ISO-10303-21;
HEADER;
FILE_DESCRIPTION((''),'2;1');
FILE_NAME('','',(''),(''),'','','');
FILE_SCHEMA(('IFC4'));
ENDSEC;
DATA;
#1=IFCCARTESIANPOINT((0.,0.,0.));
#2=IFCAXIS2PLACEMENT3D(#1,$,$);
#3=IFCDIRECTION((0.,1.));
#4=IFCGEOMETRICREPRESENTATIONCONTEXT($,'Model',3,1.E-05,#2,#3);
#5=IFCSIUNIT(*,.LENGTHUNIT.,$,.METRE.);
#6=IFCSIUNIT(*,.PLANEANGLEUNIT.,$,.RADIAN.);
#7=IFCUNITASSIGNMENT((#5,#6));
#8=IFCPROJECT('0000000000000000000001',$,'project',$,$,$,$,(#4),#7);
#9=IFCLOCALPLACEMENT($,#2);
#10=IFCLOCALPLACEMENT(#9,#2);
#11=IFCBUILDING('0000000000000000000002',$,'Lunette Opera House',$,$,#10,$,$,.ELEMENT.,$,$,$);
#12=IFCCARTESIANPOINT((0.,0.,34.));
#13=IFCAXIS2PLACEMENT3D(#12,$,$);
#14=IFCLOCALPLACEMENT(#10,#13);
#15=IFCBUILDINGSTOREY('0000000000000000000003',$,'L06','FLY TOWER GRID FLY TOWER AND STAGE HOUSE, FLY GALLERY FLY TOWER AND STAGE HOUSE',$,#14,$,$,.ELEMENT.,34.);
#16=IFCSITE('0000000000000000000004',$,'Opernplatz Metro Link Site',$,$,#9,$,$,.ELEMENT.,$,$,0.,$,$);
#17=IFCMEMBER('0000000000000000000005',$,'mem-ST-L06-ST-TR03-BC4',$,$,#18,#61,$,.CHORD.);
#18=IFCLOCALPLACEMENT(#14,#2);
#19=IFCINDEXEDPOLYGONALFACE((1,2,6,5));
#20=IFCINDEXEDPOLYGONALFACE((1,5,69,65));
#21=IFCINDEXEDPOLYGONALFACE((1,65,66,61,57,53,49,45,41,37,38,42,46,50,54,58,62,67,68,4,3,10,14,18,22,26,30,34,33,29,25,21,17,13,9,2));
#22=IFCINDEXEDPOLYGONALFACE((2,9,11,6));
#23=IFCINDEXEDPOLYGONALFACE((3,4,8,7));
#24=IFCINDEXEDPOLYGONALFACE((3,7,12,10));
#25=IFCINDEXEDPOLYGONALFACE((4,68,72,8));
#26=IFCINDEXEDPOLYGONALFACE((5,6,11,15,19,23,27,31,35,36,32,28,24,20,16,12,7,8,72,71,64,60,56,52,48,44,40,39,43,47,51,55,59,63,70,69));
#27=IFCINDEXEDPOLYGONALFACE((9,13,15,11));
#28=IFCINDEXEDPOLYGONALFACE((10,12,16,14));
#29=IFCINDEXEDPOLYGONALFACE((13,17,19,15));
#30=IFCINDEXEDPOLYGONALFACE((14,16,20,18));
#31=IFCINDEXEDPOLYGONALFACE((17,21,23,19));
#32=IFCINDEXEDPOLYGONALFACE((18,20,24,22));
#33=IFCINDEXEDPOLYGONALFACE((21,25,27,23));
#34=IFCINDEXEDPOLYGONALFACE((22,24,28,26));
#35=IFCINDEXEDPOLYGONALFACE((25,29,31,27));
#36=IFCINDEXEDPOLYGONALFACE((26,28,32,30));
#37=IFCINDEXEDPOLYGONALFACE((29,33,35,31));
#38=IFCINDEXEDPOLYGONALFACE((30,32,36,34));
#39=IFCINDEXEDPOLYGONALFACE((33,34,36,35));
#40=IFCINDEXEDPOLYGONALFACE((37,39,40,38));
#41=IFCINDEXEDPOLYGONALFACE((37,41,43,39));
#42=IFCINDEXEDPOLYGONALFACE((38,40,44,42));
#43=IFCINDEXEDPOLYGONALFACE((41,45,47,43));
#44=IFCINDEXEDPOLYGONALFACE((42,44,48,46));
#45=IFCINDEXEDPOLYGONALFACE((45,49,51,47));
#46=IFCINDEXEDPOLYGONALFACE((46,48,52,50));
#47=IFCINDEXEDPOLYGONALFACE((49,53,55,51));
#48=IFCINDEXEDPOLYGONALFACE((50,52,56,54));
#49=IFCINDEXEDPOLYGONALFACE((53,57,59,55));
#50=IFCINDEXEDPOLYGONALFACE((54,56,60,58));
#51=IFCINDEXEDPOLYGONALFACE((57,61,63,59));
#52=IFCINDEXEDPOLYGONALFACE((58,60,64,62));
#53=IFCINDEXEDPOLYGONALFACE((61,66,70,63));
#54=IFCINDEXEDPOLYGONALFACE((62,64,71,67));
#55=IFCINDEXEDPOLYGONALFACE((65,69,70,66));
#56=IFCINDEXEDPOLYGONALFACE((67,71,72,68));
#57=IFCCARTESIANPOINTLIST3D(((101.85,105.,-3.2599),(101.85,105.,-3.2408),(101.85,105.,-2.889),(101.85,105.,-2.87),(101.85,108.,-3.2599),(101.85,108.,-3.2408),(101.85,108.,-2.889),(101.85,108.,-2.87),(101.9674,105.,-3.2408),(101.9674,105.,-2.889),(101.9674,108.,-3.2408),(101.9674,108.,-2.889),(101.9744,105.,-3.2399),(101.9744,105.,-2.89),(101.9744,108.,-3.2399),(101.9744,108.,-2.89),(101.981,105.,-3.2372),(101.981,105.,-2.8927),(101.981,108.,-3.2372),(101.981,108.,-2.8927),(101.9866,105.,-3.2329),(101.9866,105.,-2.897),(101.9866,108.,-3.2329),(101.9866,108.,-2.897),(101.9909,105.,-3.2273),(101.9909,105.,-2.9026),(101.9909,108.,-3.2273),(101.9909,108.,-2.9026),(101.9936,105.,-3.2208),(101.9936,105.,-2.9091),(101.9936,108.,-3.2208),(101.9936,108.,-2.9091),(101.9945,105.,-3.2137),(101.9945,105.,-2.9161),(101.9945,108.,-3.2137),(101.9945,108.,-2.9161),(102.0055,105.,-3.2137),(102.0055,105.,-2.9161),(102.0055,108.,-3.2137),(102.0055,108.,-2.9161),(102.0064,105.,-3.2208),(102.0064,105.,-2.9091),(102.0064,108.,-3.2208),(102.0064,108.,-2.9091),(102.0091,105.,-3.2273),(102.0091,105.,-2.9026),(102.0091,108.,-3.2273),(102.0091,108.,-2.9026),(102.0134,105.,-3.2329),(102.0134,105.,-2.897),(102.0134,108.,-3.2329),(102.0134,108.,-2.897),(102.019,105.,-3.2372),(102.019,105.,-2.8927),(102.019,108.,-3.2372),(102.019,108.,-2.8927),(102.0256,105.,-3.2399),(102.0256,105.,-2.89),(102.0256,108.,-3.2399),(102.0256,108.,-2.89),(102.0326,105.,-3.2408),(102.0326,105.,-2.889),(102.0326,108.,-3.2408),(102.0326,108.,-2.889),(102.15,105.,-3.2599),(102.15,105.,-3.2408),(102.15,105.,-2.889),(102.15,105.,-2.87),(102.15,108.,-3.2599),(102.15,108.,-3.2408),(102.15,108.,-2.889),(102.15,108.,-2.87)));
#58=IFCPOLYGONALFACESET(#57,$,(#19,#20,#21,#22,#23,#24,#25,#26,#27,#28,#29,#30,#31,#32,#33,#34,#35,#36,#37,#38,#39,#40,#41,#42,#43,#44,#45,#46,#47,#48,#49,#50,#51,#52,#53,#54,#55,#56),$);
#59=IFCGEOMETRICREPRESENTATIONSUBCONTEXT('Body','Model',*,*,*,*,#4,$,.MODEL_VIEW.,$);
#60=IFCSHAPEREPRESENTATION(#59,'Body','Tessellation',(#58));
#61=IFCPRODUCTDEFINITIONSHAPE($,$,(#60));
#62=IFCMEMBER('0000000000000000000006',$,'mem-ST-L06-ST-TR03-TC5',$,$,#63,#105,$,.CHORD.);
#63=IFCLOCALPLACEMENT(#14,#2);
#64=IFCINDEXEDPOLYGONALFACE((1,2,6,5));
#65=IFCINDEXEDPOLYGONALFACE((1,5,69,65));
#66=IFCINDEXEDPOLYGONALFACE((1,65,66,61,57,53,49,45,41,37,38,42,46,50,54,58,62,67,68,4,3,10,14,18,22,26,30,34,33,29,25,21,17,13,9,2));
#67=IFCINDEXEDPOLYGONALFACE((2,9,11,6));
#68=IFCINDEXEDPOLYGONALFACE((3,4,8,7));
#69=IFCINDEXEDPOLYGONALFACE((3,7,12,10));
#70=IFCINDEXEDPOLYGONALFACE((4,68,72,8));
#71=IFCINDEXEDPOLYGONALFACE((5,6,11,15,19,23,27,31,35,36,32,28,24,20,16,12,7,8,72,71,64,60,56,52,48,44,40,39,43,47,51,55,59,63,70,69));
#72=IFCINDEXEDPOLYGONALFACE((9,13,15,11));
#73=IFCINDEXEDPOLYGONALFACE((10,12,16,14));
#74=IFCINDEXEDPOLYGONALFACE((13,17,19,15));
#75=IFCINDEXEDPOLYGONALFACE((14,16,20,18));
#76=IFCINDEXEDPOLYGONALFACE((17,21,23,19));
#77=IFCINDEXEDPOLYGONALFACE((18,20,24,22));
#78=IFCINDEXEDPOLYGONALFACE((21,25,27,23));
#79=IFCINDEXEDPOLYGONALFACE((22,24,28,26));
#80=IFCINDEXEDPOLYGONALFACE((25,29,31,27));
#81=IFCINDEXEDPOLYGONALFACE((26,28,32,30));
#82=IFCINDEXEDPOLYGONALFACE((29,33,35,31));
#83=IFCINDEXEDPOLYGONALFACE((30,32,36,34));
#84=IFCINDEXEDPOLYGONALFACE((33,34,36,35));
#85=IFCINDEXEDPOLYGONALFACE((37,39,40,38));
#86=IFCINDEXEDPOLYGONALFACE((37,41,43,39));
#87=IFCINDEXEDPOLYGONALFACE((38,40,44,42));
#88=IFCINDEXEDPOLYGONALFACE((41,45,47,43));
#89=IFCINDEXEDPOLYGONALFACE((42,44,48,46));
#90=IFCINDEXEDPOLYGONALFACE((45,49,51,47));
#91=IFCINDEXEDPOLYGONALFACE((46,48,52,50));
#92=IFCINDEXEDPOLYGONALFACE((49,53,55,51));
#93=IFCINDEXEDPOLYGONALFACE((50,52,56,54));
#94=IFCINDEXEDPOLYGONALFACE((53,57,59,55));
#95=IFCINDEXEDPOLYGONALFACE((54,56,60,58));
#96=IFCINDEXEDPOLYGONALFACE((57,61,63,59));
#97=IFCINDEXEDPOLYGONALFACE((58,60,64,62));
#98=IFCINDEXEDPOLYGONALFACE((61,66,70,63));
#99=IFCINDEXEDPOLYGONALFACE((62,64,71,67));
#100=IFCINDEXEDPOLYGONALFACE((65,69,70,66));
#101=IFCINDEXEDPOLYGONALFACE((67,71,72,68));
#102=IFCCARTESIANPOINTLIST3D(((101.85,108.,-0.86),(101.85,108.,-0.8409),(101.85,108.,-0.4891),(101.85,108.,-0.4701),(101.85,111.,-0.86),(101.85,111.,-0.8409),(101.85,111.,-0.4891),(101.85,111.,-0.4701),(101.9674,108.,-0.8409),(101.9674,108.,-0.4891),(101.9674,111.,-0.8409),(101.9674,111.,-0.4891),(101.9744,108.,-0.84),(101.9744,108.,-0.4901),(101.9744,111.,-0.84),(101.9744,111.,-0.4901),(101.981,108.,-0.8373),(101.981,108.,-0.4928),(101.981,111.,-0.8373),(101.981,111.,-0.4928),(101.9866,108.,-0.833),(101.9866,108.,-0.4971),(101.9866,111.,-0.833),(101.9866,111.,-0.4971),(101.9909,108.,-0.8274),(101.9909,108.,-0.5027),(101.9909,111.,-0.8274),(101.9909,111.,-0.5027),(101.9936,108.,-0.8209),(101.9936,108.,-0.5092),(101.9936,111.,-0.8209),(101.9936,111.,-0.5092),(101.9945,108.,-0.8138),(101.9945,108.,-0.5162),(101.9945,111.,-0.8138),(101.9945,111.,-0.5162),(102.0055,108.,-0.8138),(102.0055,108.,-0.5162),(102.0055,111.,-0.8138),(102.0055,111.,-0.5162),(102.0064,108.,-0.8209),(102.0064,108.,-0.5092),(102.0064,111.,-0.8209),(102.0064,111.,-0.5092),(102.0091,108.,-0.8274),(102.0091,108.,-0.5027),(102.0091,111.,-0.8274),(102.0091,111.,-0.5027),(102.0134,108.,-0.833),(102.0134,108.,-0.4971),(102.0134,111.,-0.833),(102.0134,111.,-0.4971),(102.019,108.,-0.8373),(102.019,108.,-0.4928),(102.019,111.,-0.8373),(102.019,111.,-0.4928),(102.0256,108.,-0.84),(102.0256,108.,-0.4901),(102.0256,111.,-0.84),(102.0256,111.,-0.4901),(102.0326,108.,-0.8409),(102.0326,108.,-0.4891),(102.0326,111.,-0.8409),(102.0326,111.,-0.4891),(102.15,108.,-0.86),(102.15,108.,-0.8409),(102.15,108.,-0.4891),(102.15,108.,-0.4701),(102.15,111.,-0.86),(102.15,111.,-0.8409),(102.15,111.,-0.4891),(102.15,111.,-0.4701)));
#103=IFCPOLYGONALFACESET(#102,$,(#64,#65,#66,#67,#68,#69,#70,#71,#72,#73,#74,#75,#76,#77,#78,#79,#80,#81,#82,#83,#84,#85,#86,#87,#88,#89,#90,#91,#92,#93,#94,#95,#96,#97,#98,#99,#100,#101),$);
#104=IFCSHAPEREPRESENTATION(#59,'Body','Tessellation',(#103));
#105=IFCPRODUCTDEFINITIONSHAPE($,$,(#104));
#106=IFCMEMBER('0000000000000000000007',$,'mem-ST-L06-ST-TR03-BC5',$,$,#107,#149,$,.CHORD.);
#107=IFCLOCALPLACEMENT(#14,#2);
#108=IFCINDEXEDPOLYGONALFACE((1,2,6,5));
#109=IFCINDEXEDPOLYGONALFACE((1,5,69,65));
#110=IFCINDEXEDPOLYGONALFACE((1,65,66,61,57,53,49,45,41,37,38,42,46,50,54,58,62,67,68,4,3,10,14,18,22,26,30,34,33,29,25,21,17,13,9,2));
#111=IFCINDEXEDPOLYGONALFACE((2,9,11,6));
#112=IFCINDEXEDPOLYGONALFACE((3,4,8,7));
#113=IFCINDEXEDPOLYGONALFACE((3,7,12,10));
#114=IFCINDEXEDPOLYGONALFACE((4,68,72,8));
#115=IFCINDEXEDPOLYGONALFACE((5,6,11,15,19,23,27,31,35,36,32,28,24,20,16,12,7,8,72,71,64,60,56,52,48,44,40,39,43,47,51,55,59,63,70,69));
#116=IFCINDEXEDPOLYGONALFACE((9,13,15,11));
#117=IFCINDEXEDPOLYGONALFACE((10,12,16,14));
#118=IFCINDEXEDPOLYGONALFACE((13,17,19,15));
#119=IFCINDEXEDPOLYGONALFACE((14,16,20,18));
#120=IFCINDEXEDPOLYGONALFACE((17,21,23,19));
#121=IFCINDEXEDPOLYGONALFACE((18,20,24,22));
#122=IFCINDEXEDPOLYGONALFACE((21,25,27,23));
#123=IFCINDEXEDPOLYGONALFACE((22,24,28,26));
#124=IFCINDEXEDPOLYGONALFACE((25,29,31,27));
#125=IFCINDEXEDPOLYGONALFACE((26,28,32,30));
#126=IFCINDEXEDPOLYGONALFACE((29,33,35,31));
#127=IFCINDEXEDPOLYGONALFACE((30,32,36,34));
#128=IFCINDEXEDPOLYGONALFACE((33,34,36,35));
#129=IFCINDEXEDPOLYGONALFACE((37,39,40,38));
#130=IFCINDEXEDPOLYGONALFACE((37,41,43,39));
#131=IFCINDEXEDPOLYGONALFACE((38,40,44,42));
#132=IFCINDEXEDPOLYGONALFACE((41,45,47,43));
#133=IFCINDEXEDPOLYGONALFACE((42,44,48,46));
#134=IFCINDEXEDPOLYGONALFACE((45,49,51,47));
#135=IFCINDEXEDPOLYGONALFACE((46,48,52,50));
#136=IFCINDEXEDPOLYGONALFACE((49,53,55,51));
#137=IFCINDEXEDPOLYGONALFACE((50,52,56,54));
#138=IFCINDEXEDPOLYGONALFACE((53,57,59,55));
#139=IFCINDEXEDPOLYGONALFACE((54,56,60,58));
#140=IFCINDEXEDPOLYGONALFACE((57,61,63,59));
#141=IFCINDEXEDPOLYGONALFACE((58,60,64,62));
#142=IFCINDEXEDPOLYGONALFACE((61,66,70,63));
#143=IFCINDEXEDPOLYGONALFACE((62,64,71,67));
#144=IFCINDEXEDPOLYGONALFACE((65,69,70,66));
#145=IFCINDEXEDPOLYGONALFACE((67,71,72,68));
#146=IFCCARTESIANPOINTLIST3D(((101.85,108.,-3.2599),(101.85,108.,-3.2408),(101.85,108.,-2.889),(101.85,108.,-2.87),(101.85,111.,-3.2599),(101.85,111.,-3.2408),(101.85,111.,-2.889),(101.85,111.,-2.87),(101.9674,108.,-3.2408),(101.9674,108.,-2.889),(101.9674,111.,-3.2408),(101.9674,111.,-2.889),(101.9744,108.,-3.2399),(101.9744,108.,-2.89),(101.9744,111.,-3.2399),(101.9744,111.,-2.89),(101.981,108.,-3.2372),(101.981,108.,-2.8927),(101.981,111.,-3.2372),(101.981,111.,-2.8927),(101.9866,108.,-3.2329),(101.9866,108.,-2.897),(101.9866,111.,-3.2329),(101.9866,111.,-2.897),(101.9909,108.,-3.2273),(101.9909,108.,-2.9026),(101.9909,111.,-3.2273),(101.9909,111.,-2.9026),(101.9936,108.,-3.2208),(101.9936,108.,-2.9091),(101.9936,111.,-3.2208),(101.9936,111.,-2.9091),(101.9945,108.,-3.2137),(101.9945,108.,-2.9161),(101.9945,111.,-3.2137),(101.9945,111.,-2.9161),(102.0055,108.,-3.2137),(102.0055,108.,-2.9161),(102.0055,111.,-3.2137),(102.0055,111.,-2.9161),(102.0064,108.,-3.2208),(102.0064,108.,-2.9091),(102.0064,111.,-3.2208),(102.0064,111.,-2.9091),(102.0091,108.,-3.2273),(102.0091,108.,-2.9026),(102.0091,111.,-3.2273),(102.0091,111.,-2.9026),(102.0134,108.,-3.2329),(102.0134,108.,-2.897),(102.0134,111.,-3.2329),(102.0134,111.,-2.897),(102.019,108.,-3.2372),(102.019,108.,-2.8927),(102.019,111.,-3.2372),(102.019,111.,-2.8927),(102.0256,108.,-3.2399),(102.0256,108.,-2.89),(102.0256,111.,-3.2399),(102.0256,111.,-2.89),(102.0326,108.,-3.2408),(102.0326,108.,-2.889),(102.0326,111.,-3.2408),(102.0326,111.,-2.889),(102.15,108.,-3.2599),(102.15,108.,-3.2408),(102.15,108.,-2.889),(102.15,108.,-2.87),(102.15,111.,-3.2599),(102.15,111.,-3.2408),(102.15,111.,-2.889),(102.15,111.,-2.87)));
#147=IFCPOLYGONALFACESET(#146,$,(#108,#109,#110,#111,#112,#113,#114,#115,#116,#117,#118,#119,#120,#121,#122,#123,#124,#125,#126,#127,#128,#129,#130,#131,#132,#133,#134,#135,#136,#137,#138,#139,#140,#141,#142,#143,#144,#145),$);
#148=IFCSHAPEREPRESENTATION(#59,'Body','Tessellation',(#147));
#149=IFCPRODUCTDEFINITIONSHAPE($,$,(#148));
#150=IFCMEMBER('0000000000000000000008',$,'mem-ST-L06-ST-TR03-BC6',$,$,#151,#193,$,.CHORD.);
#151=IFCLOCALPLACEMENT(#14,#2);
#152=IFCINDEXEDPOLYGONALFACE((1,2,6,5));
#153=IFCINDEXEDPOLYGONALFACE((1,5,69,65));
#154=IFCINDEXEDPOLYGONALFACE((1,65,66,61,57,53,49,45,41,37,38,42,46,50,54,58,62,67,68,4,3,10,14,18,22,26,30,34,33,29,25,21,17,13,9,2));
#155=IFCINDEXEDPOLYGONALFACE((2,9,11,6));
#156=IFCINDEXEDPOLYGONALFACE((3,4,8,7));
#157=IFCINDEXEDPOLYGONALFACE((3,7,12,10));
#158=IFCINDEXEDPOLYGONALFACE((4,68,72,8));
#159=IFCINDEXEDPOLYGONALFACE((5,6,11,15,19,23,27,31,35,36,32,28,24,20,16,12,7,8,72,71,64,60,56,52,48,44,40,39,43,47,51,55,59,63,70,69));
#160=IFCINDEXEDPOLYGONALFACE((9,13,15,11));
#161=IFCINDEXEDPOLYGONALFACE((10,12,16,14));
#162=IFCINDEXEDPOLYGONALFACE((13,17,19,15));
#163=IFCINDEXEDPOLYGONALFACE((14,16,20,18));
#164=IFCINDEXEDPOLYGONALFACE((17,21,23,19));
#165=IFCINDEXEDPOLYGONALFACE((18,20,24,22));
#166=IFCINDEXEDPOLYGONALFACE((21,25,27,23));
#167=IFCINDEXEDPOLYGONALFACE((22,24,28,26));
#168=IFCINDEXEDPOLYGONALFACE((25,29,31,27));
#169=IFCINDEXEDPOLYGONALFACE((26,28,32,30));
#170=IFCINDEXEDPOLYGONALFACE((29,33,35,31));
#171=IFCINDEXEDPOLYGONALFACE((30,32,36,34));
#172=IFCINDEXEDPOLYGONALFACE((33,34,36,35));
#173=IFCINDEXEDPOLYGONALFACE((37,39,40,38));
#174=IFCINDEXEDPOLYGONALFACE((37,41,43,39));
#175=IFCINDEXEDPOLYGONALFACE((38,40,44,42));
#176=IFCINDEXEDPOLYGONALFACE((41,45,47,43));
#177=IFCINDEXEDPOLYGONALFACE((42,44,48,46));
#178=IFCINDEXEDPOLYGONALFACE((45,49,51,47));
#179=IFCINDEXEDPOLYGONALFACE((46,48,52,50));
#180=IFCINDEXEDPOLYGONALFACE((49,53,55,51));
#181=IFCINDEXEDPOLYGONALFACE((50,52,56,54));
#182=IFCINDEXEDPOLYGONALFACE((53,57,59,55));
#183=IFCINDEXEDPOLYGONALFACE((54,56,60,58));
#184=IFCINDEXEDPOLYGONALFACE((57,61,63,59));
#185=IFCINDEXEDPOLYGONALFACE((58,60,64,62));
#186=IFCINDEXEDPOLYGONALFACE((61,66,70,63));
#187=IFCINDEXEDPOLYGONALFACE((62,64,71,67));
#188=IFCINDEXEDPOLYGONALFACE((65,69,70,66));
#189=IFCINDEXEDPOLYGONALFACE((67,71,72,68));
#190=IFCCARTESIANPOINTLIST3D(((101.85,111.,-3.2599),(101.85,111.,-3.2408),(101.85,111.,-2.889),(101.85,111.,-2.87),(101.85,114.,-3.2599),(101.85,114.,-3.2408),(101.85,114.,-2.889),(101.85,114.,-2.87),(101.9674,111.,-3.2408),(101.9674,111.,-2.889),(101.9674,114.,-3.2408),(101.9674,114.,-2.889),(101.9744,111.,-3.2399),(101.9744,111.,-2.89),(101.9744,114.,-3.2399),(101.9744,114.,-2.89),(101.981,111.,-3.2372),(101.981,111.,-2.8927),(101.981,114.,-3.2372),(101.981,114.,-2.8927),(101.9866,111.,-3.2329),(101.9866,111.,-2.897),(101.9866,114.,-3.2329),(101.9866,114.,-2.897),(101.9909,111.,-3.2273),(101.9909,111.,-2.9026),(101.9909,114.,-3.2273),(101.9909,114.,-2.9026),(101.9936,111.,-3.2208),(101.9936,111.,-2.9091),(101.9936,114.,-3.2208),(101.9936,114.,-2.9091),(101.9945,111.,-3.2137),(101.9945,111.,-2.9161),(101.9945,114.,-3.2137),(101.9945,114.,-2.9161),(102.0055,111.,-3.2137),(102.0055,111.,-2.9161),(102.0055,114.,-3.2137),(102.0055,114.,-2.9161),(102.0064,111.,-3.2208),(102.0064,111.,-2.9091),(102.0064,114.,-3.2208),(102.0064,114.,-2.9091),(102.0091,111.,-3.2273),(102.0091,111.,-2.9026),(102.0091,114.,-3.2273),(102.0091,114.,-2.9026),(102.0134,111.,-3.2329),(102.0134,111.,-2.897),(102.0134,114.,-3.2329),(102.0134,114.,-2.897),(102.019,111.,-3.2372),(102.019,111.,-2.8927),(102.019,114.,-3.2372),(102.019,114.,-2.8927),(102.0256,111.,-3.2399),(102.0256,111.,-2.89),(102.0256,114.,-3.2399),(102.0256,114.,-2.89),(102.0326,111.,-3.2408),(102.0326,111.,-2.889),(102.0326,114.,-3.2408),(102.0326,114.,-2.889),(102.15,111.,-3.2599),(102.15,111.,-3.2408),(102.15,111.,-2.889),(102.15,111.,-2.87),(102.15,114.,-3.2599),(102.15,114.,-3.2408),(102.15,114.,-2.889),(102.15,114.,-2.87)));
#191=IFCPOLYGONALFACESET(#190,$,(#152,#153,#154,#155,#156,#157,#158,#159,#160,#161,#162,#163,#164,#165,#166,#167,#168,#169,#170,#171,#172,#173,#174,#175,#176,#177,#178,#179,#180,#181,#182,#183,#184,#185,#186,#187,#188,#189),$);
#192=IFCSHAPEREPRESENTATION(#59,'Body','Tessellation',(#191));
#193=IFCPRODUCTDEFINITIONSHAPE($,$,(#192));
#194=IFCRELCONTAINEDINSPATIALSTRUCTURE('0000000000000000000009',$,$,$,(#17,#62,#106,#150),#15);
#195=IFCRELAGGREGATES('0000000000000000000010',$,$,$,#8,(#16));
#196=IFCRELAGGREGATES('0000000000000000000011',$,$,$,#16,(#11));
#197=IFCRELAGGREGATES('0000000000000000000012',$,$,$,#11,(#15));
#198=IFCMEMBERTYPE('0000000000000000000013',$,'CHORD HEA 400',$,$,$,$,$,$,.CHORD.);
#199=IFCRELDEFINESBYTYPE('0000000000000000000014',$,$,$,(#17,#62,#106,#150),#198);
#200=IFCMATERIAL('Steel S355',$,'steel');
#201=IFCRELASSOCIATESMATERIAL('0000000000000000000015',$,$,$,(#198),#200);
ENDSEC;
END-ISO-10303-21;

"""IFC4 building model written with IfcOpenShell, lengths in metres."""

from ifc_helpers import new_model, si_unit, direction, frame, origin, origin_2d, place, context, subcontext, project, spatial, i_section, extrude, material, material_profile, profile_set, type_object, element, save


model = new_model("IFC4")

# Units and contexts
model_context = context("Model", 3, precision=1e-05, world=origin(), true_north=direction((0.0, 1.0)))
body_context = subcontext(model_context, "Body", "Model", "MODEL_VIEW")
ifc_project = project(units=[si_unit("LENGTHUNIT", "METRE"), si_unit("PLANEANGLEUNIT", "RADIAN")], contexts=[model_context])

# Site, building, storey
site_placement = place(None, origin())
site = spatial("IfcSite", under=ifc_project, at=site_placement, Name="Opernplatz Metro Link Site", CompositionType="ELEMENT", RefElevation=0.0)
building_placement = place(site_placement, origin())
building = spatial("IfcBuilding", under=site, at=building_placement, Name="Lunette Opera House", CompositionType="ELEMENT")
storey_placement = place(building_placement, frame((0.0, 0.0, 34.0)))
storey = spatial("IfcBuildingStorey", under=building, at=storey_placement, Name="L06", Description="FLY TOWER GRID FLY TOWER AND STAGE HOUSE, FLY GALLERY FLY TOWER AND STAGE HOUSE", CompositionType="ELEMENT", Elevation=34.0)

# Members
ifc_material_1 = material(Name="Steel S355", Category="steel")
ifc_material_profile_1 = material_profile(ifc_material_1, i_section(OverallWidth=0.3, OverallDepth=0.3899, WebThickness=0.011, FlangeThickness=0.019, FilletRadius=0.0271, at=origin_2d()), Name="HEA 400")
ifc_profile_set_1 = profile_set([ifc_material_profile_1], Name="Steel S355")
member_type_1 = type_object("IfcMemberType", Name="CHORD HEA 400", PredefinedType="CHORD", material=ifc_profile_set_1)
for number, where, z_axis, x_axis, name in (
    (1, (102.0, 105.0, -3.0649), (0.0, 1.0, 0.0), (-1.0, 0.0, 0.0), "mem-ST-L06-ST-TR03-BC4"),
    (2, (102.0, 108.0, -0.665), (0.0, 1.0, 0.0), (-1.0, 0.0, 0.0), "mem-ST-L06-ST-TR03-TC5"),
    (3, (102.0, 108.0, -3.0649), (0.0, 1.0, 0.0), (-1.0, 0.0, 0.0), "mem-ST-L06-ST-TR03-BC5"),
    (4, (102.0, 111.0, -3.0649), (0.0, 1.0, 0.0), (-1.0, 0.0, 0.0), "mem-ST-L06-ST-TR03-BC6"),
):
    element("IfcMember", number, at=place(storey_placement, frame(where, z_axis=z_axis, x_axis=x_axis)), inside=storey, type_object=member_type_1, Name=name, PredefinedType="CHORD", context=body_context, shape_type="SweptSolid", body=[
        extrude(i_section(OverallWidth=0.3, OverallDepth=0.3899, WebThickness=0.011, FlangeThickness=0.019, FilletRadius=0.0271, at=origin_2d()), origin(), (0.0, 0.0, 1.0), 3.0),
    ])

save(model, "model.ifc")
